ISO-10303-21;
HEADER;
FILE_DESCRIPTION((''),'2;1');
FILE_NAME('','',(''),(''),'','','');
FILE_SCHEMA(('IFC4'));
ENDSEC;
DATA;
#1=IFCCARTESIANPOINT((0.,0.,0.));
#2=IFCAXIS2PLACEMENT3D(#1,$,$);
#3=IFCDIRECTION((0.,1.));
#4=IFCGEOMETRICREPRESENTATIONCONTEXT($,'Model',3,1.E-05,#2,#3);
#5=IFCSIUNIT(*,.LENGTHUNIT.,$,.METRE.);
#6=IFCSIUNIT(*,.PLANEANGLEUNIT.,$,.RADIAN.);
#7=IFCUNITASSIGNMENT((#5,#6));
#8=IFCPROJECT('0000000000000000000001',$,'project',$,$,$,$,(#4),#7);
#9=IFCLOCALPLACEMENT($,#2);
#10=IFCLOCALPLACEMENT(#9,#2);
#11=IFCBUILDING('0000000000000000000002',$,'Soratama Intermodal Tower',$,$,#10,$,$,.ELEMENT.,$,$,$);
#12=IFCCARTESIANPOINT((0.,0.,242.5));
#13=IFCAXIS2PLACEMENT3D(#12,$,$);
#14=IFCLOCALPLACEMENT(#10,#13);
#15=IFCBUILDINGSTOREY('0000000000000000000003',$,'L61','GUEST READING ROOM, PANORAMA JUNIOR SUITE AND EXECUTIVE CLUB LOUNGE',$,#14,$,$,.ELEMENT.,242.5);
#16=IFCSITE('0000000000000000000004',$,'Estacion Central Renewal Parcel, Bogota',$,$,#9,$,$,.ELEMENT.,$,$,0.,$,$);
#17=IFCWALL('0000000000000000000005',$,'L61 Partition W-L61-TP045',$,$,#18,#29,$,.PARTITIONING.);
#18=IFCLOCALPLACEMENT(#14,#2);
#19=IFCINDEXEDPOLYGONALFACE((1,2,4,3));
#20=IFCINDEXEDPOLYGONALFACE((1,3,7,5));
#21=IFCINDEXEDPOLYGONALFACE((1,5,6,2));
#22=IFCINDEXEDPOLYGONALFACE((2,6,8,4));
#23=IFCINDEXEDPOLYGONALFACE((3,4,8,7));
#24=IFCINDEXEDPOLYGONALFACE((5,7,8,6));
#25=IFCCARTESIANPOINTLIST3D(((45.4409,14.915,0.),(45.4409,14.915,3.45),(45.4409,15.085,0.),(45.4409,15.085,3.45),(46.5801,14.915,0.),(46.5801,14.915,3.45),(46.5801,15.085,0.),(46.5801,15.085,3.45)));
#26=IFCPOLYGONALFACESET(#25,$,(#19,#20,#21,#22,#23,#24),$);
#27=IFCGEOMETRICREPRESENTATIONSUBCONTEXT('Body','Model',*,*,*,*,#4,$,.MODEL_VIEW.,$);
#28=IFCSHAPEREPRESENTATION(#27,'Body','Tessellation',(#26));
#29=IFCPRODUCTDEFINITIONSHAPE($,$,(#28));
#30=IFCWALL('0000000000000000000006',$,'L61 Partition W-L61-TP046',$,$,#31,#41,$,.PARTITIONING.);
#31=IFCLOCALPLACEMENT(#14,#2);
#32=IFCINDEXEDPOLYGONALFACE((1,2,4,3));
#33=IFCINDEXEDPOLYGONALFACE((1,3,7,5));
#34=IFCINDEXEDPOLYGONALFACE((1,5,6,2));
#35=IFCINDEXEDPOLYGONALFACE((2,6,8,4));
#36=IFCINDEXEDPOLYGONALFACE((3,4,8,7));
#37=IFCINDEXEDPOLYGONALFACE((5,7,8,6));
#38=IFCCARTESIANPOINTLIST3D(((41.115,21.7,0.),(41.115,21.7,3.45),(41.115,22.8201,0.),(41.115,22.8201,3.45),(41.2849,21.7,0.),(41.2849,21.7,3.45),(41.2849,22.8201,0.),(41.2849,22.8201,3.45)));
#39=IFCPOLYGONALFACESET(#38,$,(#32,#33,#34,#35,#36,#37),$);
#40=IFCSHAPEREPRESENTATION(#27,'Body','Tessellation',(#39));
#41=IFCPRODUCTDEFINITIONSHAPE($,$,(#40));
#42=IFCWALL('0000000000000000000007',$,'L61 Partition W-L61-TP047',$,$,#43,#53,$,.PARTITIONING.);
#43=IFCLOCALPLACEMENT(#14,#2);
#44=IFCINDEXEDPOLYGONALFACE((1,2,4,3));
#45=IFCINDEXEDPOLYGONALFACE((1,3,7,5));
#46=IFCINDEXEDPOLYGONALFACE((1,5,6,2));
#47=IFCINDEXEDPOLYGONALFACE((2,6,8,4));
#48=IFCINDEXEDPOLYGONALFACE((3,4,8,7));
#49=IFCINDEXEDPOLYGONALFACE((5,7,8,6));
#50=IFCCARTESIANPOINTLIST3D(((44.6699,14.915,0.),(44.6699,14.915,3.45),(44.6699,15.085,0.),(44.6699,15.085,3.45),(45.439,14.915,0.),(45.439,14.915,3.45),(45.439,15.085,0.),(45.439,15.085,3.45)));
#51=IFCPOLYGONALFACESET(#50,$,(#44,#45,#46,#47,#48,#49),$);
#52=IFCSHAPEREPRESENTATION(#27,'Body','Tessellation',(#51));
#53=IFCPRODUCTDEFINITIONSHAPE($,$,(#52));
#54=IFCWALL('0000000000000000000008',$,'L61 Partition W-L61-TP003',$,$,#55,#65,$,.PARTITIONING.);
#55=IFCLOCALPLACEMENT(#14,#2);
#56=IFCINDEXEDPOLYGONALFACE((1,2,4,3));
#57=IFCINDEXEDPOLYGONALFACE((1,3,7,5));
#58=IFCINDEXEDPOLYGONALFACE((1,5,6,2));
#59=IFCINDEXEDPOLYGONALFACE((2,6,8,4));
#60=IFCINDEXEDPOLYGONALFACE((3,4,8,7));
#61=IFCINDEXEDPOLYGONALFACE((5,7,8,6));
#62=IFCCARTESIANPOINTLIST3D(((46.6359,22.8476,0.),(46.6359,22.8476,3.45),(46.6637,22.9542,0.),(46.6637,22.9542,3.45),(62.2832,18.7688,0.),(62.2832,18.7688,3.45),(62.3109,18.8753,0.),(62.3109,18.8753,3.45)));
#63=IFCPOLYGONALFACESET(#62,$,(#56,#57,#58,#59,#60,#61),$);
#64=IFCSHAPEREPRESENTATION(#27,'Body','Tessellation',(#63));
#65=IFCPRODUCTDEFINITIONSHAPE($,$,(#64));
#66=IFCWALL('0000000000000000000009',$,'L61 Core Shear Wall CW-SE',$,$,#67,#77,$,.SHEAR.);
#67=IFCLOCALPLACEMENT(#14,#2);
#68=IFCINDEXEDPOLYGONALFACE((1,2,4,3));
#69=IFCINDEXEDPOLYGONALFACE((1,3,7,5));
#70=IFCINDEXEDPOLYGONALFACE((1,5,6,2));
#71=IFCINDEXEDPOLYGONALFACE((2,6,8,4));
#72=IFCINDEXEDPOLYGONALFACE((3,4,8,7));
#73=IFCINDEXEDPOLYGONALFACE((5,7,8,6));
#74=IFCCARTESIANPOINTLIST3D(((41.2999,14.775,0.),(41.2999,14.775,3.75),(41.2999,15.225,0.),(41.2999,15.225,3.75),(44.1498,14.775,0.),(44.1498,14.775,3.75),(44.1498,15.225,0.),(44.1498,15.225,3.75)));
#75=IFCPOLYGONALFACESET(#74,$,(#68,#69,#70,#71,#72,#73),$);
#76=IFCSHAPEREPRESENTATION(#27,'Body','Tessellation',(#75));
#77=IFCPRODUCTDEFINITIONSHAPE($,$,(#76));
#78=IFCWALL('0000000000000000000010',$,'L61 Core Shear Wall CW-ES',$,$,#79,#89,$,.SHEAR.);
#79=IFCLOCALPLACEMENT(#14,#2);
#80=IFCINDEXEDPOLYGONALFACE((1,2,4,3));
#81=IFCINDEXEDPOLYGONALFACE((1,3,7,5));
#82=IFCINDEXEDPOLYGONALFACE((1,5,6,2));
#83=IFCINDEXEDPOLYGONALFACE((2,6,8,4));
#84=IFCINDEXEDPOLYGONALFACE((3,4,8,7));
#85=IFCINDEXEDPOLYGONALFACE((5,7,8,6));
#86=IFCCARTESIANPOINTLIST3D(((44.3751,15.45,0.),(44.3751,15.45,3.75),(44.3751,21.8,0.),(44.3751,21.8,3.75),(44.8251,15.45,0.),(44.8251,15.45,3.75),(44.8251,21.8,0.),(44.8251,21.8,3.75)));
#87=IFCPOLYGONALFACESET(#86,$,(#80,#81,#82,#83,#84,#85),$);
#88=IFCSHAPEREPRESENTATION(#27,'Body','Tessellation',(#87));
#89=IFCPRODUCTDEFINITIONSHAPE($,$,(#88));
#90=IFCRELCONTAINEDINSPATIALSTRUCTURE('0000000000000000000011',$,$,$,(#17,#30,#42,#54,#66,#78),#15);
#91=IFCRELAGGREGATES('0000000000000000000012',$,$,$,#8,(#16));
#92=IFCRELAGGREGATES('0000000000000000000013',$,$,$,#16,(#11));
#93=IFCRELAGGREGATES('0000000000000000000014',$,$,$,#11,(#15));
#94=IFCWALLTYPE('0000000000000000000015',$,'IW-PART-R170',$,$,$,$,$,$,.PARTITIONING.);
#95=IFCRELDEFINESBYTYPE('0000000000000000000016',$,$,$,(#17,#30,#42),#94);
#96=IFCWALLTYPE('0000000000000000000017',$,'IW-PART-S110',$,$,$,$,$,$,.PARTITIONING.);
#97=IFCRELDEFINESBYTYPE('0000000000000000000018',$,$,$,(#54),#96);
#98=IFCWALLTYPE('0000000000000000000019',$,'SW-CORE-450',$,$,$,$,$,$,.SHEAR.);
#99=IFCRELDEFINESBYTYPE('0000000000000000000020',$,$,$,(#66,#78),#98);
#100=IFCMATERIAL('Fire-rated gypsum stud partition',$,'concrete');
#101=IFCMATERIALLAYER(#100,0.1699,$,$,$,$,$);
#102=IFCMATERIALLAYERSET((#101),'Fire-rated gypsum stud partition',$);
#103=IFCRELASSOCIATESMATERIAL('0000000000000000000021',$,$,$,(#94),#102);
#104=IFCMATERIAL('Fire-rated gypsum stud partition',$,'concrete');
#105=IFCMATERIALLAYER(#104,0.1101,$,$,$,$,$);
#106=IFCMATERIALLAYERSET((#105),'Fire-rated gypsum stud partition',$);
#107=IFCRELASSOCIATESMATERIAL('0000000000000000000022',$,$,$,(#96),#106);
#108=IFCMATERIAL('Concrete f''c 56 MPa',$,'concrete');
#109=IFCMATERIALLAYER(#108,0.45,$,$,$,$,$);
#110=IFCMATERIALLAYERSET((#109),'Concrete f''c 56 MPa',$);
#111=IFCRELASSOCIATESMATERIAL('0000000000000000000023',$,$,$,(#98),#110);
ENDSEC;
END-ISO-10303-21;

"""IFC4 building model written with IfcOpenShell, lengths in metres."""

from ifc_helpers import new_model, si_unit, direction, frame, frame_2d, origin, place, context, subcontext, project, spatial, rectangle, extrude, material, layer, layer_set, type_object, element, save


model = new_model("IFC4")

# Units and contexts
model_context = context("Model", 3, precision=1e-05, world=origin(), true_north=direction((0.0, 1.0)))
body_context = subcontext(model_context, "Body", "Model", "MODEL_VIEW")
ifc_project = project(units=[si_unit("LENGTHUNIT", "METRE"), si_unit("PLANEANGLEUNIT", "RADIAN")], contexts=[model_context])

# Site, building, storey
site_placement = place(None, origin())
site = spatial("IfcSite", under=ifc_project, at=site_placement, Name="Estacion Central Renewal Parcel, Bogota", CompositionType="ELEMENT", RefElevation=0.0)
building_placement = place(site_placement, origin())
building = spatial("IfcBuilding", under=site, at=building_placement, Name="Soratama Intermodal Tower", CompositionType="ELEMENT")
storey_placement = place(building_placement, frame((0.0, 0.0, 242.5)))
storey = spatial("IfcBuildingStorey", under=building, at=storey_placement, Name="L61", Description="GUEST READING ROOM, PANORAMA JUNIOR SUITE AND EXECUTIVE CLUB LOUNGE", CompositionType="ELEMENT", Elevation=242.5)

# Shared definitions
ifc_material_1 = material(Name="Fire-rated gypsum stud partition", Category="concrete")
ifc_layer_1 = layer(ifc_material_1, 0.1699)
ifc_layer_set_1 = layer_set([ifc_layer_1], Name="Fire-rated gypsum stud partition")
wall_type_1 = type_object("IfcWallType", Name="IW-PART-R170", PredefinedType="PARTITIONING", material=ifc_layer_set_1)

# Walls
wall_1_placement = place(storey_placement, frame((46.5801, 15.0, 0.0), z_axis=(0.0, 0.0, 1.0), x_axis=(-1.0, 0.0, 0.0)))
element("IfcWall", 1, at=wall_1_placement, inside=storey, type_object=wall_type_1, Name="L61 Partition W-L61-TP045", PredefinedType="PARTITIONING", context=body_context, shape_type="SweptSolid", body=[
    extrude(rectangle(XDim=1.1392, YDim=0.1699, at=frame_2d((0.5696, 0.0))), origin(), (0.0, 0.0, 1.0), 3.45),
])
wall_2_placement = place(storey_placement, frame((41.2, 21.7, 0.0), z_axis=(0.0, 0.0, 1.0), x_axis=(0.0, 1.0, 0.0)))
element("IfcWall", 2, at=wall_2_placement, inside=storey, type_object=wall_type_1, Name="L61 Partition W-L61-TP046", PredefinedType="PARTITIONING", context=body_context, shape_type="SweptSolid", body=[
    extrude(rectangle(XDim=1.1201, YDim=0.1699, at=frame_2d((0.5601, 0.0))), origin(), (0.0, 0.0, 1.0), 3.45),
])
wall_3_placement = place(storey_placement, frame((45.439, 15.0, 0.0), z_axis=(0.0, 0.0, 1.0), x_axis=(-1.0, 0.0, 0.0)))
element("IfcWall", 3, at=wall_3_placement, inside=storey, type_object=wall_type_1, Name="L61 Partition W-L61-TP047", PredefinedType="PARTITIONING", context=body_context, shape_type="SweptSolid", body=[
    extrude(rectangle(XDim=0.769, YDim=0.1699, at=frame_2d((0.3845, 0.0))), origin(), (0.0, 0.0, 1.0), 3.45),
])
ifc_material_2 = material(Name="Fire-rated gypsum stud partition", Category="concrete")
ifc_layer_2 = layer(ifc_material_2, 0.1101)
ifc_layer_set_2 = layer_set([ifc_layer_2], Name="Fire-rated gypsum stud partition")
wall_type_2 = type_object("IfcWallType", Name="IW-PART-S110", PredefinedType="PARTITIONING", material=ifc_layer_set_2)
wall_4_placement = place(storey_placement, frame((46.6499, 22.9009, 0.0), z_axis=(0.0, 0.0, 1.0), x_axis=(0.967663, -0.252247, 0.0)))
element("IfcWall", 4, at=wall_4_placement, inside=storey, type_object=wall_type_2, Name="L61 Partition W-L61-TP003", PredefinedType="PARTITIONING", context=body_context, shape_type="SweptSolid", body=[
    extrude(rectangle(XDim=16.1702, YDim=0.1101, at=frame_2d((8.085, 0.0))), origin(), (0.0, 0.0, 1.0), 3.45),
])
ifc_material_3 = material(Name="Concrete f'c 56 MPa", Category="concrete")
ifc_layer_3 = layer(ifc_material_3, 0.45)
ifc_layer_set_3 = layer_set([ifc_layer_3], Name="Concrete f'c 56 MPa")
wall_type_3 = type_object("IfcWallType", Name="SW-CORE-450", PredefinedType="SHEAR", material=ifc_layer_set_3)
wall_5_placement = place(storey_placement, frame((41.3, 15.0, 0.0), z_axis=(0.0, 0.0, 1.0), x_axis=(1.0, 0.0, 0.0)))
element("IfcWall", 5, at=wall_5_placement, inside=storey, type_object=wall_type_3, Name="L61 Core Shear Wall CW-SE", PredefinedType="SHEAR", context=body_context, shape_type="SweptSolid", body=[
    extrude(rectangle(XDim=2.8499, YDim=0.45, at=frame_2d((1.4248, 0.0))), origin(), (0.0, 0.0, 1.0), 3.75),
])
wall_6_placement = place(storey_placement, frame((44.6001, 15.45, 0.0), z_axis=(0.0, 0.0, 1.0), x_axis=(0.0, 1.0, 0.0)))
element("IfcWall", 6, at=wall_6_placement, inside=storey, type_object=wall_type_3, Name="L61 Core Shear Wall CW-ES", PredefinedType="SHEAR", context=body_context, shape_type="SweptSolid", body=[
    extrude(rectangle(XDim=6.3501, YDim=0.45, at=frame_2d((3.175, 0.0))), origin(), (0.0, 0.0, 1.0), 3.75),
])

save(model, "model.ifc")
